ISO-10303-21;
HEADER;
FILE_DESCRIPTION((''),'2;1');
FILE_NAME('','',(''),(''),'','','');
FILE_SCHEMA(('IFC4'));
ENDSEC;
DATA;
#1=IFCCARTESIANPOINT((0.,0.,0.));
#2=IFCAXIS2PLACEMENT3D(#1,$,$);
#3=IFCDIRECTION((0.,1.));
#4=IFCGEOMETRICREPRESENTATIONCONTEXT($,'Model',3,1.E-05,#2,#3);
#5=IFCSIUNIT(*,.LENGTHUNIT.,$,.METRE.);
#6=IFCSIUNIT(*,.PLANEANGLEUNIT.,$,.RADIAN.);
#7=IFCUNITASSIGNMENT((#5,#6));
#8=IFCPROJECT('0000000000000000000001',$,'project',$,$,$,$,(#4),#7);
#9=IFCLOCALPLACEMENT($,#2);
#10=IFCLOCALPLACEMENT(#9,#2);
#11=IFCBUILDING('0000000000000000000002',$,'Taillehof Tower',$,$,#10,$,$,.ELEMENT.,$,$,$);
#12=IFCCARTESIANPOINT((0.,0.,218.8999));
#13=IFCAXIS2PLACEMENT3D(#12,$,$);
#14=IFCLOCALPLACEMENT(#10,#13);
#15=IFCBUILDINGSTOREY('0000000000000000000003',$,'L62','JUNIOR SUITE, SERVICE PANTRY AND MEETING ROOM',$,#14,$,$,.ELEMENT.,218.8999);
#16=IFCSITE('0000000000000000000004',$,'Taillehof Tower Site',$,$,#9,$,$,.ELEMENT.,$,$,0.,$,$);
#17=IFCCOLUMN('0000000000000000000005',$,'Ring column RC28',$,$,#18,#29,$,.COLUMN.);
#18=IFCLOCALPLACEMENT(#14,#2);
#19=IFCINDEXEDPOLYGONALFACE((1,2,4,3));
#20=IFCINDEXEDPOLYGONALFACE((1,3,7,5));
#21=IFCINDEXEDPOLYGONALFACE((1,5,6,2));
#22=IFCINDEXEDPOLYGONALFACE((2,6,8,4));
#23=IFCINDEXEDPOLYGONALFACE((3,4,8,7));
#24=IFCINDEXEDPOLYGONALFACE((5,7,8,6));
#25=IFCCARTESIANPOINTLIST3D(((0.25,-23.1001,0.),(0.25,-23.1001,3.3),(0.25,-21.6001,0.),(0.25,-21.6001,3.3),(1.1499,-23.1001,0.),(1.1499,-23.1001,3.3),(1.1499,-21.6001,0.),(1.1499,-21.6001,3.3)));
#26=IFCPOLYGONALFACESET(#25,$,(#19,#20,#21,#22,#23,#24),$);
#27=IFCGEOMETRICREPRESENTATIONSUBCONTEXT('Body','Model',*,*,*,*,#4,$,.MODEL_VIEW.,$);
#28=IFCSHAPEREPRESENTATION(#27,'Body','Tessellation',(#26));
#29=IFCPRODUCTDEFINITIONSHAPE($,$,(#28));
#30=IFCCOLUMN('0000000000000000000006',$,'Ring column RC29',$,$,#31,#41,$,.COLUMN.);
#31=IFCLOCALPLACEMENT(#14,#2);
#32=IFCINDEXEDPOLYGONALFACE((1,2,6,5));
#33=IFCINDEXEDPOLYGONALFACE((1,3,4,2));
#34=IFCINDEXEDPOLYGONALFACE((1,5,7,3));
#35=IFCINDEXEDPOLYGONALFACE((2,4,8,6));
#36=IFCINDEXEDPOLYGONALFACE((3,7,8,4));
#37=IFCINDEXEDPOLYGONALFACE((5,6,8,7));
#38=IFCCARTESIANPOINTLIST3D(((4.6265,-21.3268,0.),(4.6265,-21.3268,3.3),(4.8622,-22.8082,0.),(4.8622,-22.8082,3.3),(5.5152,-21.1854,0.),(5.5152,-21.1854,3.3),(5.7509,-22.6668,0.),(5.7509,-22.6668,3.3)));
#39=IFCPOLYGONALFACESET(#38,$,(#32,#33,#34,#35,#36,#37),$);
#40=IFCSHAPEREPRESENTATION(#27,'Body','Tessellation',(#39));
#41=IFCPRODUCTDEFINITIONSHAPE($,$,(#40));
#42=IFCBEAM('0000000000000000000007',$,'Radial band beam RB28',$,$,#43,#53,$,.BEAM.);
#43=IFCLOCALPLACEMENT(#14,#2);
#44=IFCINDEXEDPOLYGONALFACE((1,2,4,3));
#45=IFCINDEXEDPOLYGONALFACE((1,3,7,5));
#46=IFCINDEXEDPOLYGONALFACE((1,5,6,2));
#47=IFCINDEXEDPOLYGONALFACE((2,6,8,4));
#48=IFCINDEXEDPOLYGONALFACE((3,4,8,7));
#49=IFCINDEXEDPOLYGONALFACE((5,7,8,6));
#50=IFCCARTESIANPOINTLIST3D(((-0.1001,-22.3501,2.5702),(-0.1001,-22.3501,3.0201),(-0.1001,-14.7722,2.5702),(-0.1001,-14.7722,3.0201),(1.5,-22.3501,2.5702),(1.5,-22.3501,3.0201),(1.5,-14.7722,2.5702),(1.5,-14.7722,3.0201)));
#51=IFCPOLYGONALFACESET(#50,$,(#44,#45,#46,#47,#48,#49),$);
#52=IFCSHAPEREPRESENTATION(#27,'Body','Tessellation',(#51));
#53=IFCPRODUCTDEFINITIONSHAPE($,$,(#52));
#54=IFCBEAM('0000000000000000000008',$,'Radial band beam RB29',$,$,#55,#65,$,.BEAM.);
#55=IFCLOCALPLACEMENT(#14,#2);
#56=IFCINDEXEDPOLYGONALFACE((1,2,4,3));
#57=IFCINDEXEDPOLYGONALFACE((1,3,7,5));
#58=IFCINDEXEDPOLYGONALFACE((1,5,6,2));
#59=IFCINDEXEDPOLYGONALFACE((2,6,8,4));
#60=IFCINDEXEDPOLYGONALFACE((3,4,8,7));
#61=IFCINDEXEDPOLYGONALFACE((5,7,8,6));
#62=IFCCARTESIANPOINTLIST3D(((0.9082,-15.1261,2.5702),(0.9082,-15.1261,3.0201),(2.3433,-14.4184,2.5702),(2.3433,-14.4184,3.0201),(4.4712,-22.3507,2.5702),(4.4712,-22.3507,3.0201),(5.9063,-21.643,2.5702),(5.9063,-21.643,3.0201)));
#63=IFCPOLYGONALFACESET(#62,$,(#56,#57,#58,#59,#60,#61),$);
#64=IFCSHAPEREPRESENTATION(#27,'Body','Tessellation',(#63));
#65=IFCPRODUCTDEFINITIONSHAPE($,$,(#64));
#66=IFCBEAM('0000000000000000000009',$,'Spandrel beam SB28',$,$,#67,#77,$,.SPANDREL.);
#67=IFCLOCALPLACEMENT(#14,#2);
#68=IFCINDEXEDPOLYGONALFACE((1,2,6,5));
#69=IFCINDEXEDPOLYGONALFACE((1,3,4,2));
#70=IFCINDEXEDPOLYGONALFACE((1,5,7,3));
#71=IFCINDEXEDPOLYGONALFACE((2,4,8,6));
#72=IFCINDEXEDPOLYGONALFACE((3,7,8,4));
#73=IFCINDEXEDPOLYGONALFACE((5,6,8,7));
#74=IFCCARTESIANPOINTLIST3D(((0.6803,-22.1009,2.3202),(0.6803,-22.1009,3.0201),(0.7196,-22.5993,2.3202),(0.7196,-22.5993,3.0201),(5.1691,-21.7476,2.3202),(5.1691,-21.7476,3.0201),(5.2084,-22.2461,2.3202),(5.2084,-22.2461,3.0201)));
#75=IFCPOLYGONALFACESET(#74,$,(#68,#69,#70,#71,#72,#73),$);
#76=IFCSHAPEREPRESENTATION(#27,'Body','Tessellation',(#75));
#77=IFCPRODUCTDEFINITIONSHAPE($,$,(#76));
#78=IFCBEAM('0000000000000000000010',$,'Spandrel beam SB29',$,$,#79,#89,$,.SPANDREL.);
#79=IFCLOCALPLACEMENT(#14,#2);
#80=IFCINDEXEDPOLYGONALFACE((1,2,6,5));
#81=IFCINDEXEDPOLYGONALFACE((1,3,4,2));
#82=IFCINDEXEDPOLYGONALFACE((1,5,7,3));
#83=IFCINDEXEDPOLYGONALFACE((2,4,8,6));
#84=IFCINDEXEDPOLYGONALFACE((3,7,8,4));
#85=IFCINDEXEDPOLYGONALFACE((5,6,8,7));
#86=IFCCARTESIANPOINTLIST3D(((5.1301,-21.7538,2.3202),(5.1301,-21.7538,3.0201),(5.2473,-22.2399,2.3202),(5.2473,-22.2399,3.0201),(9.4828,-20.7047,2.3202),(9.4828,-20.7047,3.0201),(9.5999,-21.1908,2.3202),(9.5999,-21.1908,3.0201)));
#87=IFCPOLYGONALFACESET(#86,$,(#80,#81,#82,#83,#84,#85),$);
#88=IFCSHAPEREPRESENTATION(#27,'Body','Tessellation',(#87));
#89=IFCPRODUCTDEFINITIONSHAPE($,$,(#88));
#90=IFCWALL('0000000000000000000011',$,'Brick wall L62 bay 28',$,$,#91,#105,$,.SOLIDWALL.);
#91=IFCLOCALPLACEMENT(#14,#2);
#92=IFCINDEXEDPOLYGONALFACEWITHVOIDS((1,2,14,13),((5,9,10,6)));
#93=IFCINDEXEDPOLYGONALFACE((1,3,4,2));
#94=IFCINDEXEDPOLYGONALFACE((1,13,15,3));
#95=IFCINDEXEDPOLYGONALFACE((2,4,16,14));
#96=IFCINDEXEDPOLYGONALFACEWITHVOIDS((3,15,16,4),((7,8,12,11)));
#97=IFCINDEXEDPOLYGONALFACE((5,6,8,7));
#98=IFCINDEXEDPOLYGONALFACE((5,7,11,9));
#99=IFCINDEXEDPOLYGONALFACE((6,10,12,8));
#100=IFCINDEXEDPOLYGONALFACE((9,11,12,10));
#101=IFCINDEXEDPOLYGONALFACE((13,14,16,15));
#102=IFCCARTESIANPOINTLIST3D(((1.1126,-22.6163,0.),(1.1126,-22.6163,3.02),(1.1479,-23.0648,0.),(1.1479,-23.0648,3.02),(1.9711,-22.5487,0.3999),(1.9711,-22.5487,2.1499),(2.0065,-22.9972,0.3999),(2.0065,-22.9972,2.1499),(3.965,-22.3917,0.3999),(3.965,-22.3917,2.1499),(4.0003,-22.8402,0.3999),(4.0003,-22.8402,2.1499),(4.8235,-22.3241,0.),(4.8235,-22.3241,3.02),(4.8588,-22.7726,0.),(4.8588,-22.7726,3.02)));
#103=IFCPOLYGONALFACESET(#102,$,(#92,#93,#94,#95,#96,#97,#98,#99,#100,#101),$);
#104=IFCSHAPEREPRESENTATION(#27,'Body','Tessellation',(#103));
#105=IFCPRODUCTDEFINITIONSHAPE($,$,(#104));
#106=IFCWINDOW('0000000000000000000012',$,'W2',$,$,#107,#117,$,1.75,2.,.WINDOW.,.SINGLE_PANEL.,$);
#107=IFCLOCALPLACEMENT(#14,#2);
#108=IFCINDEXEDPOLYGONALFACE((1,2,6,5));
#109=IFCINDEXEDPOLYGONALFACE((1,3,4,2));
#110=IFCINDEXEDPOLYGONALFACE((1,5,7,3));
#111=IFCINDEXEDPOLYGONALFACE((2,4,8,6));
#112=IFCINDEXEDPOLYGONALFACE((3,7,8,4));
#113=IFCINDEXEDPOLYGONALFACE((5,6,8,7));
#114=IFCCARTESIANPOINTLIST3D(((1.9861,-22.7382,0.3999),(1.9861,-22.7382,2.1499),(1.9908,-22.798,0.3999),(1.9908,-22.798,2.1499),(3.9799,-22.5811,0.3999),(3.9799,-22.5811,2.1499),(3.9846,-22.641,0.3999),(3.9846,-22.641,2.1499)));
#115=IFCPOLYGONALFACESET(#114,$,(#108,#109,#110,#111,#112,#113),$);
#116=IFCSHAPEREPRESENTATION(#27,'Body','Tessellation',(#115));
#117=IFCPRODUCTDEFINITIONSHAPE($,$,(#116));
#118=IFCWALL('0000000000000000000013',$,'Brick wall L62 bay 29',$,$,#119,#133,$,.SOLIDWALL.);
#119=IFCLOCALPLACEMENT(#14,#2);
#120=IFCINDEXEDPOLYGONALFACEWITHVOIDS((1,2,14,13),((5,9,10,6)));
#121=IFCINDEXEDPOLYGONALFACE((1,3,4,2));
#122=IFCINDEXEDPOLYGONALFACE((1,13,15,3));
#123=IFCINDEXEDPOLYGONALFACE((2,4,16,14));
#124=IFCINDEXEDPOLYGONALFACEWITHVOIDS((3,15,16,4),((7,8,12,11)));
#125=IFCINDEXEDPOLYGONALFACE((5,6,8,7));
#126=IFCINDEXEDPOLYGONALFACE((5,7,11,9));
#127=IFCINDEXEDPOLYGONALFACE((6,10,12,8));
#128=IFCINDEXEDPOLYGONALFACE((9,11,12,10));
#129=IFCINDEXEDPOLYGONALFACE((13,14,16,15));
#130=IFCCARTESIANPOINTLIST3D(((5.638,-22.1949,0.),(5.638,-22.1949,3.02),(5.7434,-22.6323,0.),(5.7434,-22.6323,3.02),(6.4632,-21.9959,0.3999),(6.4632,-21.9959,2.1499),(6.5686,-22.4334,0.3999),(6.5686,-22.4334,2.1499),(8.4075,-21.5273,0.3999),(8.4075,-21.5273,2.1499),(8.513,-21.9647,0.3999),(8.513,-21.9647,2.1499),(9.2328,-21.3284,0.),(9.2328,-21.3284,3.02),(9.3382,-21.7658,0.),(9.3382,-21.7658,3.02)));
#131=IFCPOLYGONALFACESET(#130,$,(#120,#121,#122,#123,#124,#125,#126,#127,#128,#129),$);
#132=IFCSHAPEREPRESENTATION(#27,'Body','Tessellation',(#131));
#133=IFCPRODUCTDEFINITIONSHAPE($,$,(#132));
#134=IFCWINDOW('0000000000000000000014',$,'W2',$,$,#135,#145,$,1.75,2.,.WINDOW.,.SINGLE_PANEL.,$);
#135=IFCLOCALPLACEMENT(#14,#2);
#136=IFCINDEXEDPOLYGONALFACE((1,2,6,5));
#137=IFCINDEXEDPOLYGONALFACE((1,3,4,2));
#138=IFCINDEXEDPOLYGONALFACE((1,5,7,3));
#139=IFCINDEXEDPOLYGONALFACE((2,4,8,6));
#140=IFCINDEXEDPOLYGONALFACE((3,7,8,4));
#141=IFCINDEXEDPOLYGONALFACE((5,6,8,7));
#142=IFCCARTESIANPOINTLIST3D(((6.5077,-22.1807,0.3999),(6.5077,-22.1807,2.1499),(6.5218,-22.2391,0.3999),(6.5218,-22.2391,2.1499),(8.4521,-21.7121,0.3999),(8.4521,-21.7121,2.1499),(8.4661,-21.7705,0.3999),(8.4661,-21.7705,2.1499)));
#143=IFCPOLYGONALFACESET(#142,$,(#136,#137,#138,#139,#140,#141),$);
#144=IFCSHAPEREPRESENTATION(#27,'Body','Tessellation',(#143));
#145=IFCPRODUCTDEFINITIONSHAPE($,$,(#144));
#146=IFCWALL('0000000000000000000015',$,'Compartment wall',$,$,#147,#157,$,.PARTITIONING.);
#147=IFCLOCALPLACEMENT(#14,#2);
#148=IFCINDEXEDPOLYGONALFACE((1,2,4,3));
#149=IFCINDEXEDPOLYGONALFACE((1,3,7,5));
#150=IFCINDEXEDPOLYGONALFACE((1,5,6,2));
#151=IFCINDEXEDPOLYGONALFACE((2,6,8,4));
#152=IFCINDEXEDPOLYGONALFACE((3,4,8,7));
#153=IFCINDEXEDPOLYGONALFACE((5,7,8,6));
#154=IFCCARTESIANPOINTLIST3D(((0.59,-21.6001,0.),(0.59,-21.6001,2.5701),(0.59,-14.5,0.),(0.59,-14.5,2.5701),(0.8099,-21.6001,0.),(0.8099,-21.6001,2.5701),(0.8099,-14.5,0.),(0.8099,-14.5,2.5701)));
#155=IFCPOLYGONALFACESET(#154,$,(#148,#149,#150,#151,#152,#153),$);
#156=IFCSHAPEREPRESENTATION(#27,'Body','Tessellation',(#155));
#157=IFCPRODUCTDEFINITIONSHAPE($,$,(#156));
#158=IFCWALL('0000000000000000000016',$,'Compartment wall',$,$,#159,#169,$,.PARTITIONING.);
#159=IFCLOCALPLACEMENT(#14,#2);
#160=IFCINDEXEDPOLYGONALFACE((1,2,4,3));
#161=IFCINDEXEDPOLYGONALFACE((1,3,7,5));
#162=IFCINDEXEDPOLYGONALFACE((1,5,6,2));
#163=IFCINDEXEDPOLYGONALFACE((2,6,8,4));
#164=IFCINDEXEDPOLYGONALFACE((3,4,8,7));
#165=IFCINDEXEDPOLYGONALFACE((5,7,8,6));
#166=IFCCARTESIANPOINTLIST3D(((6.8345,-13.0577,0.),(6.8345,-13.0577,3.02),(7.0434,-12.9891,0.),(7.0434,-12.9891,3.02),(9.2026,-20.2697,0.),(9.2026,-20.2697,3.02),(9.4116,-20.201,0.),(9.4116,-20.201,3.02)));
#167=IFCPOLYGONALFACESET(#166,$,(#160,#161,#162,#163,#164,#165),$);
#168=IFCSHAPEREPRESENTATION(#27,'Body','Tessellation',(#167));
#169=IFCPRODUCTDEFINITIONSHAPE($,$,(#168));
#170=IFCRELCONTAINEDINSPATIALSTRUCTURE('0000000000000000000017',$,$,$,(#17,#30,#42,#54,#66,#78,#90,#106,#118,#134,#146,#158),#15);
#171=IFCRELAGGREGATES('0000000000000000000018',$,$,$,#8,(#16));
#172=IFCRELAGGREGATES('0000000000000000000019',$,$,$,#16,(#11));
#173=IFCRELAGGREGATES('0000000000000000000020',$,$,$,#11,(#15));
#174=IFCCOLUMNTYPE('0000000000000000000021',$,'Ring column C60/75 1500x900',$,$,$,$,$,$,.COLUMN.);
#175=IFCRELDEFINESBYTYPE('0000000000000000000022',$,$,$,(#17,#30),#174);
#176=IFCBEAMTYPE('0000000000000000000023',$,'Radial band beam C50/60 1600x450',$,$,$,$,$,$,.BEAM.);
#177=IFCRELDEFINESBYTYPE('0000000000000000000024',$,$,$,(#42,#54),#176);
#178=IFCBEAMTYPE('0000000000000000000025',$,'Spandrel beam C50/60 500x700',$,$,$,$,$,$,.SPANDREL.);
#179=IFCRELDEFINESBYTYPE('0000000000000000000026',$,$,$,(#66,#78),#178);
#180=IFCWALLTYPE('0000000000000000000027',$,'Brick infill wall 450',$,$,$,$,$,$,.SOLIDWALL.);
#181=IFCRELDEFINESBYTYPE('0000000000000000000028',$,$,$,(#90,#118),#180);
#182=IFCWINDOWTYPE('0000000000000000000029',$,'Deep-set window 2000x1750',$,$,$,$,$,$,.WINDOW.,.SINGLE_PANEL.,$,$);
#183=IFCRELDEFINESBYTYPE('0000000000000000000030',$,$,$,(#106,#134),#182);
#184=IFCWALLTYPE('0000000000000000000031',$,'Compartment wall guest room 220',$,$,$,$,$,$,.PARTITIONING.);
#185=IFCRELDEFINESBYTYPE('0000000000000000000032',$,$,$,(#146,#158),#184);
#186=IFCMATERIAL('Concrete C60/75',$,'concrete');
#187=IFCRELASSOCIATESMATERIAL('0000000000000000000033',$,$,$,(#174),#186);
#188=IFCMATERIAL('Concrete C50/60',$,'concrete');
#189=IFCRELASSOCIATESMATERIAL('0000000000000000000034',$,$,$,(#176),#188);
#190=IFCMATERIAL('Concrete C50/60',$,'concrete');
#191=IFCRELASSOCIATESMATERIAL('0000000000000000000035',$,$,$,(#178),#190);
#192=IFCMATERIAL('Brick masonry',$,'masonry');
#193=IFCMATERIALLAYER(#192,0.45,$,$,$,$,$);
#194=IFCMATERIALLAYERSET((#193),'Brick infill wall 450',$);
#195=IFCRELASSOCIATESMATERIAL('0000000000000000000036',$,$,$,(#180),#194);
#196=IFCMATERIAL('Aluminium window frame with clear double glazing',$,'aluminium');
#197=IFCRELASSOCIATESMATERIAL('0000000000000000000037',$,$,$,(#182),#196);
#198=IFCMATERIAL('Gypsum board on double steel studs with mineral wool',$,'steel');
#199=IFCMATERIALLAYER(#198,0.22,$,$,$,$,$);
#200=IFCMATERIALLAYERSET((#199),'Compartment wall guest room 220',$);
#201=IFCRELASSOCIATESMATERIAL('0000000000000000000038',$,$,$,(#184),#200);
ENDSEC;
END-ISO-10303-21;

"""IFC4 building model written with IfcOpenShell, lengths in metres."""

from ifc_helpers import new_model, si_unit, direction, frame, frame_2d, origin, origin_2d, place, context, subcontext, project, spatial, rectangle, extrude, material, layer, layer_set, material_profile, profile_set, type_object, element, fill, save


model = new_model("IFC4")

# Units and contexts
model_context = context("Model", 3, precision=1e-05, world=origin(), true_north=direction((0.0, 1.0)))
body_context = subcontext(model_context, "Body", "Model", "MODEL_VIEW")
ifc_project = project(units=[si_unit("LENGTHUNIT", "METRE"), si_unit("PLANEANGLEUNIT", "RADIAN")], contexts=[model_context])

# Site, building, storey
site_placement = place(None, origin())
site = spatial("IfcSite", under=ifc_project, at=site_placement, Name="Taillehof Tower Site", CompositionType="ELEMENT", RefElevation=0.0)
building_placement = place(site_placement, origin())
building = spatial("IfcBuilding", under=site, at=building_placement, Name="Taillehof Tower", CompositionType="ELEMENT")
storey_placement = place(building_placement, frame((0.0, 0.0, 218.8999)))
storey = spatial("IfcBuildingStorey", under=building, at=storey_placement, Name="L62", Description="JUNIOR SUITE, SERVICE PANTRY AND MEETING ROOM", CompositionType="ELEMENT", Elevation=218.8999)

# Columns
ifc_material_1 = material(Name="Concrete C60/75", Category="concrete")
ifc_material_profile_1 = material_profile(ifc_material_1, rectangle(XDim=1.5, YDim=0.8999, at=origin_2d()), Name="RC 1500x900")
ifc_profile_set_1 = profile_set([ifc_material_profile_1], Name="Concrete C60/75")
column_type = type_object("IfcColumnType", Name="Ring column C60/75 1500x900", PredefinedType="COLUMN", material=ifc_profile_set_1)
for number, where, z_axis, x_axis, name in (
    (1, (0.7, -22.3501, 0.0), (0.0, 0.0, 1.0), (0.0, -1.0, 0.0), "Ring column RC28"),
    (2, (5.1887, -21.9968, 0.0), (0.0, 0.0, 1.0), (0.157116, -0.98758, 0.0), "Ring column RC29"),
):
    element("IfcColumn", number, at=place(storey_placement, frame(where, z_axis=z_axis, x_axis=x_axis)), inside=storey, type_object=column_type, Name=name, PredefinedType="COLUMN", context=body_context, shape_type="SweptSolid", body=[
        extrude(rectangle(XDim=1.5, YDim=0.8999, at=origin_2d()), origin(), (0.0, 0.0, 1.0), 3.3),
    ])

# Beams
ifc_material_2 = material(Name="Concrete C50/60", Category="concrete")
ifc_material_profile_2 = material_profile(ifc_material_2, rectangle(XDim=1.6001, YDim=0.45, at=origin_2d()), Name="RC 1600x450")
ifc_profile_set_2 = profile_set([ifc_material_profile_2], Name="Concrete C50/60")
beam_type_1 = type_object("IfcBeamType", Name="Radial band beam C50/60 1600x450", PredefinedType="BEAM", material=ifc_profile_set_2)
beam_1_placement = place(storey_placement, frame((0.7, -22.3501, 2.7952), z_axis=(0.0, 1.0, 0.0), x_axis=(-1.0, 0.0, 0.0)))
element("IfcBeam", 3, at=beam_1_placement, inside=storey, type_object=beam_type_1, Name="Radial band beam RB28", PredefinedType="BEAM", context=body_context, shape_type="SweptSolid", body=[
    extrude(rectangle(XDim=1.6001, YDim=0.45, at=origin_2d()), origin(), (0.0, 0.0, 1.0), 7.5779),
])
beam_2_placement = place(storey_placement, frame((5.1887, -21.9968, 2.7952), z_axis=(-0.442309, 0.896863, 0.0), x_axis=(-0.896863, -0.442309, 0.0)))
element("IfcBeam", 4, at=beam_2_placement, inside=storey, type_object=beam_type_1, Name="Radial band beam RB29", PredefinedType="BEAM", context=body_context, shape_type="SweptSolid", body=[
    extrude(rectangle(XDim=1.6001, YDim=0.45, at=origin_2d()), origin(), (0.0, 0.0, 1.0), 8.0554),
])
ifc_material_3 = material(Name="Concrete C50/60", Category="concrete")
ifc_material_profile_3 = material_profile(ifc_material_3, rectangle(XDim=0.5, YDim=0.7, at=origin_2d()), Name="RC 500x700")
ifc_profile_set_3 = profile_set([ifc_material_profile_3], Name="Concrete C50/60")
beam_type_2 = type_object("IfcBeamType", Name="Spandrel beam C50/60 500x700", PredefinedType="SPANDREL", material=ifc_profile_set_3)
beam_3_placement = place(storey_placement, frame((0.7, -22.3501, 2.6702), z_axis=(0.996917, 0.078459, 0.0), x_axis=(-0.078459, 0.996917, 0.0)))
element("IfcBeam", 5, at=beam_3_placement, inside=storey, type_object=beam_type_2, Name="Spandrel beam SB28", PredefinedType="SPANDREL", context=body_context, shape_type="SweptSolid", body=[
    extrude(rectangle(XDim=0.5, YDim=0.7, at=origin_2d()), origin(), (0.0, 0.0, 1.0), 4.5027),
])
beam_4_placement = place(storey_placement, frame((5.1887, -21.9968, 2.6702), z_axis=(0.972161, 0.234315, 0.0), x_axis=(-0.234315, 0.972161, 0.0)))
element("IfcBeam", 6, at=beam_4_placement, inside=storey, type_object=beam_type_2, Name="Spandrel beam SB29", PredefinedType="SPANDREL", context=body_context, shape_type="SweptSolid", body=[
    extrude(rectangle(XDim=0.5, YDim=0.7, at=origin_2d()), origin(), (0.0, 0.0, 1.0), 4.4773),
])

# Walls, openings, windows
ifc_material_4 = material(Name="Brick masonry", Category="masonry")
ifc_layer_1 = layer(ifc_material_4, 0.45)
ifc_layer_set_1 = layer_set([ifc_layer_1], Name="Brick infill wall 450")
wall_type_1 = type_object("IfcWallType", Name="Brick infill wall 450", PredefinedType="SOLIDWALL", material=ifc_layer_set_1)
wall_1_placement = place(storey_placement, frame((1.1301, -22.8406, 0.0), z_axis=(0.0, 0.0, 1.0), x_axis=(0.996914, 0.078507, 0.0)))
wall_1 = element("IfcWall", 7, at=wall_1_placement, inside=storey, type_object=wall_type_1, Name="Brick wall L62 bay 28", PredefinedType="SOLIDWALL", context=body_context, shape_type="SweptSolid", body=[
    extrude(rectangle(XDim=3.7224, YDim=0.45, at=frame_2d((1.8613, 0.0))), origin(), (0.0, 0.0, 1.0), 3.02),
])
opening_1_placement = place(wall_1_placement, frame((0.8613, 0.0, 0.3999)))
opening_1 = element("IfcOpeningElement", 8, at=opening_1_placement, cuts=wall_1, PredefinedType="OPENING", context=body_context, shape_type="SweptSolid", body=[
    extrude(rectangle(XDim=2.0, YDim=1.75, at=frame_2d((1.0, 0.875))), frame((0.0, 0.2349, 0.0), z_axis=(0.0, -1.0, 0.0), x_axis=(1.0, 0.0, 0.0)), (0.0, 0.0, 1.0), 0.47),
])
ifc_material_5 = material(Name="Aluminium window frame with clear double glazing", Category="aluminium")
window_type = type_object("IfcWindowType", Name="Deep-set window 2000x1750", PartitioningType="SINGLE_PANEL", PredefinedType="WINDOW", material=ifc_material_5)
window_1_placement = place(opening_1_placement, origin())
window_1 = element("IfcWindow", 9, at=window_1_placement, inside=storey, type_object=window_type, Name="W2", OverallHeight=1.75, OverallWidth=2.0, PartitioningType="SINGLE_PANEL", PredefinedType="WINDOW", context=body_context, shape_type="SweptSolid", body=[
    extrude(rectangle(XDim=2.0, YDim=1.75, at=frame_2d((1.0, 0.875))), frame((0.0, 0.0349, 0.0), z_axis=(0.0, -1.0, 0.0), x_axis=(1.0, 0.0, 0.0)), (0.0, 0.0, 1.0), 0.0601),
])
fill(opening_1, window_1)
wall_2_placement = place(storey_placement, frame((5.6907, -22.4136, 0.0), z_axis=(0.0, 0.0, 1.0), x_axis=(0.972158, 0.234324, 0.0)))
wall_2 = element("IfcWall", 10, at=wall_2_placement, inside=storey, type_object=wall_type_1, Name="Brick wall L62 bay 29", PredefinedType="SOLIDWALL", context=body_context, shape_type="SweptSolid", body=[
    extrude(rectangle(XDim=3.6978, YDim=0.45, at=frame_2d((1.8489, 0.0))), origin(), (0.0, 0.0, 1.0), 3.02),
])
opening_2_placement = place(wall_2_placement, frame((0.8489, 0.0, 0.3999)))
opening_2 = element("IfcOpeningElement", 11, at=opening_2_placement, cuts=wall_2, PredefinedType="OPENING", context=body_context, shape_type="SweptSolid", body=[
    extrude(rectangle(XDim=2.0, YDim=1.75, at=frame_2d((1.0, 0.875))), frame((0.0, 0.2349, 0.0), z_axis=(0.0, -1.0, 0.0), x_axis=(1.0, 0.0, 0.0)), (0.0, 0.0, 1.0), 0.47),
])
window_2_placement = place(opening_2_placement, origin())
window_2 = element("IfcWindow", 12, at=window_2_placement, inside=storey, type_object=window_type, Name="W2", OverallHeight=1.75, OverallWidth=2.0, PartitioningType="SINGLE_PANEL", PredefinedType="WINDOW", context=body_context, shape_type="SweptSolid", body=[
    extrude(rectangle(XDim=2.0, YDim=1.75, at=frame_2d((1.0, 0.875))), frame((0.0, 0.0349, 0.0), z_axis=(0.0, -1.0, 0.0), x_axis=(1.0, 0.0, 0.0)), (0.0, 0.0, 1.0), 0.0601),
])
fill(opening_2, window_2)

# Walls
ifc_material_6 = material(Name="Gypsum board on double steel studs with mineral wool", Category="steel")
ifc_layer_2 = layer(ifc_material_6, 0.22)
ifc_layer_set_2 = layer_set([ifc_layer_2], Name="Compartment wall guest room 220")
wall_type_2 = type_object("IfcWallType", Name="Compartment wall guest room 220", PredefinedType="PARTITIONING", material=ifc_layer_set_2)
wall_3_placement = place(storey_placement, frame((0.7, -21.6001, 0.0), z_axis=(0.0, 0.0, 1.0), x_axis=(0.0, 1.0, 0.0)))
element("IfcWall", 13, at=wall_3_placement, inside=storey, type_object=wall_type_2, Name="Compartment wall", PredefinedType="PARTITIONING", context=body_context, shape_type="SweptSolid", body=[
    extrude(rectangle(XDim=7.1001, YDim=0.22, at=frame_2d((3.55, 0.0))), origin(), (0.0, 0.0, 1.0), 2.5701),
])
wall_4_placement = place(storey_placement, frame((9.3071, -20.2354, 0.0), z_axis=(0.0, 0.0, 1.0), x_axis=(-0.311979, 0.950089, 0.0)))
element("IfcWall", 14, at=wall_4_placement, inside=storey, type_object=wall_type_2, Name="Compartment wall", PredefinedType="PARTITIONING", context=body_context, shape_type="SweptSolid", body=[
    extrude(rectangle(XDim=7.5908, YDim=0.22, at=frame_2d((3.7954, 0.0))), origin(), (0.0, 0.0, 1.0), 3.02),
])

save(model, "model.ifc")
